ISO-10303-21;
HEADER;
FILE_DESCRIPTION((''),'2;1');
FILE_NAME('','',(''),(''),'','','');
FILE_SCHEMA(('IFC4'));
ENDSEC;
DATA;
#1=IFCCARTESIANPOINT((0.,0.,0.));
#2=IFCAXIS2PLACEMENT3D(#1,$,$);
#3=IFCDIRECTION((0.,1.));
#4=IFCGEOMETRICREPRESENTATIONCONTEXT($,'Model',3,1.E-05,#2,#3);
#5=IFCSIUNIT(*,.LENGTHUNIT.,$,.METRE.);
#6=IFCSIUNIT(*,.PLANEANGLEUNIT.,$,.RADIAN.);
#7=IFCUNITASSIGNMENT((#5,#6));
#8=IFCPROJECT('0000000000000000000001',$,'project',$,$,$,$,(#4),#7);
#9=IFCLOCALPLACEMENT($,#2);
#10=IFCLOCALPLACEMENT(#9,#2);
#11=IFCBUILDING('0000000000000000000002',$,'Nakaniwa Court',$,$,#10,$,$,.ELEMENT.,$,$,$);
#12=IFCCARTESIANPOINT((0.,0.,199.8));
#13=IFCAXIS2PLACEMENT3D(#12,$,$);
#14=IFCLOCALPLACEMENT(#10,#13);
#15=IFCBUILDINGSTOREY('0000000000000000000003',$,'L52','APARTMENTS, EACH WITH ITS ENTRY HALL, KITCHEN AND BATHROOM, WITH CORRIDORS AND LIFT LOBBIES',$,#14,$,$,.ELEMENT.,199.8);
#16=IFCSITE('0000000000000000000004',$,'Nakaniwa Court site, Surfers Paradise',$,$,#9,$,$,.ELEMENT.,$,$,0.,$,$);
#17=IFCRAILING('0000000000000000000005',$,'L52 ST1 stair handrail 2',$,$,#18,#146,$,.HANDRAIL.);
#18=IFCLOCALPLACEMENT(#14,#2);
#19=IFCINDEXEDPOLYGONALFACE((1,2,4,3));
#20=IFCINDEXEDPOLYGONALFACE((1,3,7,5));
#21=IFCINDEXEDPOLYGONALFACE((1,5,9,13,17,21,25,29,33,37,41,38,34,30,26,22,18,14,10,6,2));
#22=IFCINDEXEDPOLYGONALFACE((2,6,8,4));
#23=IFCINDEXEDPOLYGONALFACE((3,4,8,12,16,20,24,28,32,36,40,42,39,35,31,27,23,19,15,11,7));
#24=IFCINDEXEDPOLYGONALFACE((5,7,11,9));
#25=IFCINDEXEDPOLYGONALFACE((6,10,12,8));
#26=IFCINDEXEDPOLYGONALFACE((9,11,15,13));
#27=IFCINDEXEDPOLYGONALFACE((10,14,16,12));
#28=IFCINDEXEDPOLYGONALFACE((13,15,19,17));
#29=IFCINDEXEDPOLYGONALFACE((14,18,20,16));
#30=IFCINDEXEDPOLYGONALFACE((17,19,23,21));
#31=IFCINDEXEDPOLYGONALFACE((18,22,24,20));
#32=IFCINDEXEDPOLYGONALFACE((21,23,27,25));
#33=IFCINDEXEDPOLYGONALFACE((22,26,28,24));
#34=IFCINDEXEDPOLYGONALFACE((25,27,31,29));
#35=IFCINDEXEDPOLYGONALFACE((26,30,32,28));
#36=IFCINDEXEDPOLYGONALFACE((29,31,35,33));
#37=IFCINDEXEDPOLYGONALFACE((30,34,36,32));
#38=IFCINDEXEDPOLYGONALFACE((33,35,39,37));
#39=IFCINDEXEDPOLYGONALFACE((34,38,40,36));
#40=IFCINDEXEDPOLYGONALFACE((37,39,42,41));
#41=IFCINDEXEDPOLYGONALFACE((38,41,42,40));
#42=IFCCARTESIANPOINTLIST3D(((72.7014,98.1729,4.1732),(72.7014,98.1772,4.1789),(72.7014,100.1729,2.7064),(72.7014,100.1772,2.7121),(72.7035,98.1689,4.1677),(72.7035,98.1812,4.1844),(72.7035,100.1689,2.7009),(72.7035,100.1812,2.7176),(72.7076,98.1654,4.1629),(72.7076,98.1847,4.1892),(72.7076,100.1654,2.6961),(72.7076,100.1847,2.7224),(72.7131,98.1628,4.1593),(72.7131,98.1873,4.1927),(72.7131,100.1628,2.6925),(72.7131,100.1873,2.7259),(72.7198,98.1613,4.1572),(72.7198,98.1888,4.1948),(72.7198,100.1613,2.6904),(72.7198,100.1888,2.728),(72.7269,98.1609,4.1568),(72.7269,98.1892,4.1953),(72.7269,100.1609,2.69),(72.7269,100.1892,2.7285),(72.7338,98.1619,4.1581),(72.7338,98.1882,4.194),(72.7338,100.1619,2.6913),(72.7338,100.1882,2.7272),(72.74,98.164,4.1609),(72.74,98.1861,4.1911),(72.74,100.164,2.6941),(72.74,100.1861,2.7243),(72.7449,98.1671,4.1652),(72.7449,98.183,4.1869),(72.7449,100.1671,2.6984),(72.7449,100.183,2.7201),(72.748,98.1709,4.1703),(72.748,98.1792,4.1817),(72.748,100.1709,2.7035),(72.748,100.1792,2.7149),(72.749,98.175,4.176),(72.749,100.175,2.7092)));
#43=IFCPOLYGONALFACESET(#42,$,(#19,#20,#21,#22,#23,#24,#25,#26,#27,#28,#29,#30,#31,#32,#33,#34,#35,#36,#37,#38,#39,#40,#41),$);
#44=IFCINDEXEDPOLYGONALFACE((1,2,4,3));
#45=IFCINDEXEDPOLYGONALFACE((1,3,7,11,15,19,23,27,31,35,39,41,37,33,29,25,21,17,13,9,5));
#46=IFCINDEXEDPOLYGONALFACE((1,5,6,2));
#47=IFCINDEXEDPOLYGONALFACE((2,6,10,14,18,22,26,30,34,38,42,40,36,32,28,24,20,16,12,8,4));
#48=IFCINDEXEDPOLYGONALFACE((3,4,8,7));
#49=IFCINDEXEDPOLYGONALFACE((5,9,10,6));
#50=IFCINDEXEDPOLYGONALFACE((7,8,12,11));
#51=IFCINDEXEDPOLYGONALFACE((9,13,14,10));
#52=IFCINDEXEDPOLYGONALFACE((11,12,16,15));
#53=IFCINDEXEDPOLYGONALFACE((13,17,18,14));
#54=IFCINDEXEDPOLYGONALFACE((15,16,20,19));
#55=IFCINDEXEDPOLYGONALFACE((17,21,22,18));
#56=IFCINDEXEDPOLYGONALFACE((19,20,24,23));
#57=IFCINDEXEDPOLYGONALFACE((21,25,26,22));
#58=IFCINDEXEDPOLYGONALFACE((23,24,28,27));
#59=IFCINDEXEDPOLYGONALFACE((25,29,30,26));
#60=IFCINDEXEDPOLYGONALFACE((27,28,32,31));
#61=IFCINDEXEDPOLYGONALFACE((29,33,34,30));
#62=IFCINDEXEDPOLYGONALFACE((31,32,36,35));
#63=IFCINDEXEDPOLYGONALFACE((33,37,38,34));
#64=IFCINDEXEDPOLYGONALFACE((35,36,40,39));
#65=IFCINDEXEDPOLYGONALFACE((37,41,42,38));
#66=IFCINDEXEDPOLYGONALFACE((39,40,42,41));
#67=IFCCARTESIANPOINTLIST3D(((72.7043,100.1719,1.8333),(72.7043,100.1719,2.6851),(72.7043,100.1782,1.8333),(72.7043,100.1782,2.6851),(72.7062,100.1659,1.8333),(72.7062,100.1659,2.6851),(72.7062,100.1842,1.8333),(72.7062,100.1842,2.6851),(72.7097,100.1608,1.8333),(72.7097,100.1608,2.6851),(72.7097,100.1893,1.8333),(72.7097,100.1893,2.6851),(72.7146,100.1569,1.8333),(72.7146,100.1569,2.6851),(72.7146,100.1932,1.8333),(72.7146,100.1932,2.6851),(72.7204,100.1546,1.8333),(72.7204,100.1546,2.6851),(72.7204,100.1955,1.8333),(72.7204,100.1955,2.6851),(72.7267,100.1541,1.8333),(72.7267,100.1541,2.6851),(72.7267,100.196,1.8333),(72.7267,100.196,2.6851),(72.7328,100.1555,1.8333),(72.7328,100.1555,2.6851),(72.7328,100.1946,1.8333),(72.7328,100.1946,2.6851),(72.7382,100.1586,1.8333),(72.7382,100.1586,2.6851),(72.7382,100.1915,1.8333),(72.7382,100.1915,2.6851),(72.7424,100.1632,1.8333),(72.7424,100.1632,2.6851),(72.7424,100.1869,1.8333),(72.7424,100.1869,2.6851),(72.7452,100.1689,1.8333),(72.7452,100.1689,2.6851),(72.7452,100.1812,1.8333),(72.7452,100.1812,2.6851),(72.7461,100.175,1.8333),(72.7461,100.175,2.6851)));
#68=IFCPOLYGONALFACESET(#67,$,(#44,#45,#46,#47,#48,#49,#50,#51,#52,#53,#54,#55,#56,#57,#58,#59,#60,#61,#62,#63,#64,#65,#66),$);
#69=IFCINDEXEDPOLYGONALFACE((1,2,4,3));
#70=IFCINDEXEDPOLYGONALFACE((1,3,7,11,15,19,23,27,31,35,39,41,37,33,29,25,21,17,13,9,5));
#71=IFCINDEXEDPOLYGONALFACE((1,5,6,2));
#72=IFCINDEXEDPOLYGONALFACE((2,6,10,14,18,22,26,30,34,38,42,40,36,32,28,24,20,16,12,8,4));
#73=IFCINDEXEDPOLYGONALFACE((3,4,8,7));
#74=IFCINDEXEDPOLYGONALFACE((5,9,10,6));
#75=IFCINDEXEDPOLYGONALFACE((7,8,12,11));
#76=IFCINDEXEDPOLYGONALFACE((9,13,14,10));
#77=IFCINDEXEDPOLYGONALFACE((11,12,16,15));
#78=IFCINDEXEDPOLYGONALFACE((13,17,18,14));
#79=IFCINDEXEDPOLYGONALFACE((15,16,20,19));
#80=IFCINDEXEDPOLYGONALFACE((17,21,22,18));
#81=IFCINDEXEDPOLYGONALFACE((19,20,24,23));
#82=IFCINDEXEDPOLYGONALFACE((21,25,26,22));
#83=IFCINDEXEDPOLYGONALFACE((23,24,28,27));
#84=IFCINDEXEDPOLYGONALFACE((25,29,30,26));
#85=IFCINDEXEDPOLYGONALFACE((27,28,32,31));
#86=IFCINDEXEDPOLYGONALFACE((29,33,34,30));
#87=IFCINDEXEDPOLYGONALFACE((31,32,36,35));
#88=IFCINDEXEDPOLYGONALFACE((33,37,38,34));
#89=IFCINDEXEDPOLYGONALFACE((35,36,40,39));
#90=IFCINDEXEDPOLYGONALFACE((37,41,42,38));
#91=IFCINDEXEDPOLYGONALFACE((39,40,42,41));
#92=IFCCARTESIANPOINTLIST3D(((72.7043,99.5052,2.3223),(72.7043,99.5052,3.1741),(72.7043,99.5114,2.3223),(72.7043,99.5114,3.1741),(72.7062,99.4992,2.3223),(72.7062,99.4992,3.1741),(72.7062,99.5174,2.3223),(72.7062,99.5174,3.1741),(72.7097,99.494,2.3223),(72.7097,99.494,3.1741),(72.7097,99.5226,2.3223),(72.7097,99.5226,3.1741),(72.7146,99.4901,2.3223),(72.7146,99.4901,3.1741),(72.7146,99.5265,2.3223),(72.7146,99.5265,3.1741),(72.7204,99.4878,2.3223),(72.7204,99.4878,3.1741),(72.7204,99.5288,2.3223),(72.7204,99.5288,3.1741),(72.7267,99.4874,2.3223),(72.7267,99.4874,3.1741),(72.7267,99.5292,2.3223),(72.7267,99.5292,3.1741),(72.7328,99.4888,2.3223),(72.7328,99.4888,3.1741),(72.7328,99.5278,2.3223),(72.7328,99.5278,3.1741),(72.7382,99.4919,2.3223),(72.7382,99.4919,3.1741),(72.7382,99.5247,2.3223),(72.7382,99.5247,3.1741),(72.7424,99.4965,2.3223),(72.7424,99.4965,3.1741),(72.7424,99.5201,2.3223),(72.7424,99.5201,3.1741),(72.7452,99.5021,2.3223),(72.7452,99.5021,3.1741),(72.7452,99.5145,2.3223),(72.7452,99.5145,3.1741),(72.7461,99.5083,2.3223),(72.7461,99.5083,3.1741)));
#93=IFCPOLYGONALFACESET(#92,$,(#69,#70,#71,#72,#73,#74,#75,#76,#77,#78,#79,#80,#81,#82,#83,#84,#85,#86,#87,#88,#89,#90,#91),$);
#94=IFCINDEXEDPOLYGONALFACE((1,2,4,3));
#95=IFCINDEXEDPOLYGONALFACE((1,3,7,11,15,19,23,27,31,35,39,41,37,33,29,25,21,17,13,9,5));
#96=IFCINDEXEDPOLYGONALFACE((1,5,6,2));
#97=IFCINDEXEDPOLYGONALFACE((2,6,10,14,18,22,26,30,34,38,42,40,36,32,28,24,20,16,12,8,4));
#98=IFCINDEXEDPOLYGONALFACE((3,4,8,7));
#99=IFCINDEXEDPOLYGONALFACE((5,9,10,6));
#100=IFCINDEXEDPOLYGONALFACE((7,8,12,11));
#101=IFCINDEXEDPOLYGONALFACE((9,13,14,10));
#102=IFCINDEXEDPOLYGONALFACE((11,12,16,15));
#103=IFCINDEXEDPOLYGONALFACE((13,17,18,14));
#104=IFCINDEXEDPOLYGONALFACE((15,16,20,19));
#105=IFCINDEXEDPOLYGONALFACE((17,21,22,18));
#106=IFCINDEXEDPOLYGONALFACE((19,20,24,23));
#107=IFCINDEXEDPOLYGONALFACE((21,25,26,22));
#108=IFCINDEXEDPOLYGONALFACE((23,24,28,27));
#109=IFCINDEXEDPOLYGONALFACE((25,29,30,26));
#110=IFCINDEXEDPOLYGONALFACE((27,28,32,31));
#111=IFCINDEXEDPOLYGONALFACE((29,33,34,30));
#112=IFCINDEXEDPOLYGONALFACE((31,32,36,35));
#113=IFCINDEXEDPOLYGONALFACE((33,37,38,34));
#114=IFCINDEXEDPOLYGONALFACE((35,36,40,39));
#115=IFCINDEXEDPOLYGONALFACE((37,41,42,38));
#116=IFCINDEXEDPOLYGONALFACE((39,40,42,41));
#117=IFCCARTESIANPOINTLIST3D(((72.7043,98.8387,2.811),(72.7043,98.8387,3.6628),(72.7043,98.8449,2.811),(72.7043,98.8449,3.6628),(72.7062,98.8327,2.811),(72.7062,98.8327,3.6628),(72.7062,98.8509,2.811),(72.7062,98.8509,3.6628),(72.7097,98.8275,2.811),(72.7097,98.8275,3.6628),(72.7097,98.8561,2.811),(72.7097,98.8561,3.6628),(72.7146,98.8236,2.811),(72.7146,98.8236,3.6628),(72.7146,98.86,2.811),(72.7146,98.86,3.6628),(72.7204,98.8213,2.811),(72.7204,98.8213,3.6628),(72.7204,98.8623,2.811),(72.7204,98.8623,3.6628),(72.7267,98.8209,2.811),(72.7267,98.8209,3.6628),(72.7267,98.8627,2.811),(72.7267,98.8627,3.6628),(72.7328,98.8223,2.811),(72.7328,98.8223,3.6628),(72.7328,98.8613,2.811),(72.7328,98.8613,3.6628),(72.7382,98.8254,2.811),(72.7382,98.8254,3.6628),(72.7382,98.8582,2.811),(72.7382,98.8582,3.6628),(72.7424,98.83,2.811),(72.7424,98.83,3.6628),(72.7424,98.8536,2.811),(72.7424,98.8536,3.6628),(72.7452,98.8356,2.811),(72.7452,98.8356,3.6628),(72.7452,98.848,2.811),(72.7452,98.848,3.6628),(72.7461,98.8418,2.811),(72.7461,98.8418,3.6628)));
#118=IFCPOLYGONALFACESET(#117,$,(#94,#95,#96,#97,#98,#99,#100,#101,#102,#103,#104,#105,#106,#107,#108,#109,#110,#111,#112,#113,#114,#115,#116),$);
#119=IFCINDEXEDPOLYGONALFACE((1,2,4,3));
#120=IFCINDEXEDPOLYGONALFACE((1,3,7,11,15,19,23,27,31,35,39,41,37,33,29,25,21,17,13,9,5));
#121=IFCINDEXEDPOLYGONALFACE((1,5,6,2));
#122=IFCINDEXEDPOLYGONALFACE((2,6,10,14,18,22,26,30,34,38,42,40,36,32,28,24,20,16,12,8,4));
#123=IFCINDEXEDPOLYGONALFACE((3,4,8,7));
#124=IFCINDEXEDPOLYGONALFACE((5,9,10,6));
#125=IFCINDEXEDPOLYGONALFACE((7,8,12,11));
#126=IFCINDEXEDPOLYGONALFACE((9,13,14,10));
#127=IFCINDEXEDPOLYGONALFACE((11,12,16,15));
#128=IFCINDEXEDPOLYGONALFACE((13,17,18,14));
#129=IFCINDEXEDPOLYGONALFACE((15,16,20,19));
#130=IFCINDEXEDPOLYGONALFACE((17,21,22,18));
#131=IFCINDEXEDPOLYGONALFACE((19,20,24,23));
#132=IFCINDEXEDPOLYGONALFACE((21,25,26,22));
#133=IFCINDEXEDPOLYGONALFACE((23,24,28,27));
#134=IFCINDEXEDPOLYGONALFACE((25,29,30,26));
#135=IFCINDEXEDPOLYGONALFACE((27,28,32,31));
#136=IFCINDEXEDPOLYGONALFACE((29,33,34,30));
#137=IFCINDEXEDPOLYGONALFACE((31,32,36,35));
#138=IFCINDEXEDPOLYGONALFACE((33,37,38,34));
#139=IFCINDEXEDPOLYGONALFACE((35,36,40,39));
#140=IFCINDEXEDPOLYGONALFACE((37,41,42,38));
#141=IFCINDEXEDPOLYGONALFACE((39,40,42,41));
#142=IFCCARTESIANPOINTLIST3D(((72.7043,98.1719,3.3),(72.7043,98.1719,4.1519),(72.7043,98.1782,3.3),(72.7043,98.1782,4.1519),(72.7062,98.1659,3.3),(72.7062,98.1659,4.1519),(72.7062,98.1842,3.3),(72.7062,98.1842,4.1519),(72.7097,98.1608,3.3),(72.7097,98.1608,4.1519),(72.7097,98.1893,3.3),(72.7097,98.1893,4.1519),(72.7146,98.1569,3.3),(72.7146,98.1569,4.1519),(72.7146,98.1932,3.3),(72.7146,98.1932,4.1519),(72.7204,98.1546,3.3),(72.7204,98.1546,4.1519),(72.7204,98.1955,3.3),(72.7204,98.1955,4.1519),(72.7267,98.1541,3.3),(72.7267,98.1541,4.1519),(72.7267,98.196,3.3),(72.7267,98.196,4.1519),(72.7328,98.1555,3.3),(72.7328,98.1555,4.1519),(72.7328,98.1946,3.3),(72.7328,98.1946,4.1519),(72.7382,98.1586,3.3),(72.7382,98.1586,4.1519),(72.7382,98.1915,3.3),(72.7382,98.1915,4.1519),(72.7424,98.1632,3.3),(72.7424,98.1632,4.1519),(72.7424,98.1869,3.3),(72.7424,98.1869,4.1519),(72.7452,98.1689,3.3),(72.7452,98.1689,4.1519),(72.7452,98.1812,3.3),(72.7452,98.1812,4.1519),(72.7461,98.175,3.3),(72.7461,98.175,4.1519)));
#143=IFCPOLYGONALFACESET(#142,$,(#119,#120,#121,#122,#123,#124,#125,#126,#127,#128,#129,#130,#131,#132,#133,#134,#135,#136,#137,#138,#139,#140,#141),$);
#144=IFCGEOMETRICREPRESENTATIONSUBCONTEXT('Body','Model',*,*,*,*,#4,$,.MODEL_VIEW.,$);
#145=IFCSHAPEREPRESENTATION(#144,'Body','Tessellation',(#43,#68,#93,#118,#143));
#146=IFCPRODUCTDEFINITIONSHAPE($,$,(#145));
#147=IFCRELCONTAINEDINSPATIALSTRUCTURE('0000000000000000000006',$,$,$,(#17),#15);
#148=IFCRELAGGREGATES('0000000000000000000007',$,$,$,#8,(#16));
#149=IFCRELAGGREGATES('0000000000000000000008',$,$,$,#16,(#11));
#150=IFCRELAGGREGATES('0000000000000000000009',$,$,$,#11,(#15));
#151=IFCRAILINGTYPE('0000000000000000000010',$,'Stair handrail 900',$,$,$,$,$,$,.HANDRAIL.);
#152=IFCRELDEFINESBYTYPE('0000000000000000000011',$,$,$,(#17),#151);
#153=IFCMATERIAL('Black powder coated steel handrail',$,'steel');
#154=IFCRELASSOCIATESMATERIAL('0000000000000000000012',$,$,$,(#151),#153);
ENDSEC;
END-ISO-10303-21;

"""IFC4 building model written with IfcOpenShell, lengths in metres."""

from ifc_helpers import new_model, si_unit, direction, frame, origin, origin_2d, place, context, subcontext, project, spatial, circle, extrude, material, type_object, element, save


model = new_model("IFC4")

# Units and contexts
model_context = context("Model", 3, precision=1e-05, world=origin(), true_north=direction((0.0, 1.0)))
body_context = subcontext(model_context, "Body", "Model", "MODEL_VIEW")
ifc_project = project(units=[si_unit("LENGTHUNIT", "METRE"), si_unit("PLANEANGLEUNIT", "RADIAN")], contexts=[model_context])

# Site, building, storey
site_placement = place(None, origin())
site = spatial("IfcSite", under=ifc_project, at=site_placement, Name="Nakaniwa Court site, Surfers Paradise", CompositionType="ELEMENT", RefElevation=0.0)
building_placement = place(site_placement, origin())
building = spatial("IfcBuilding", under=site, at=building_placement, Name="Nakaniwa Court", CompositionType="ELEMENT")
storey_placement = place(building_placement, frame((0.0, 0.0, 199.8)))
storey = spatial("IfcBuildingStorey", under=building, at=storey_placement, Name="L52", Description="APARTMENTS, EACH WITH ITS ENTRY HALL, KITCHEN AND BATHROOM, WITH CORRIDORS AND LIFT LOBBIES", CompositionType="ELEMENT", Elevation=199.8)

# Railing
ifc_material_1 = material(Name="Black powder coated steel handrail", Category="steel")
railing_type_1 = type_object("IfcRailingType", Name="Stair handrail 900", PredefinedType="HANDRAIL", material=ifc_material_1)
railing_1_placement = place(storey_placement, frame((72.7251, 100.175, 1.8333)))
element("IfcRailing", 1, at=railing_1_placement, inside=storey, type_object=railing_type_1, Name="L52 ST1 stair handrail 2", PredefinedType="HANDRAIL", context=body_context, shape_type="SweptSolid", body=[
    extrude(circle(Radius=0.0239, at=origin_2d()), frame((0.0, 0.0, 0.876), z_axis=(0.0, -0.80638, 0.591398), x_axis=(1.0, 0.0, 0.0)), (0.0, 0.0, 1.0), 2.4802),
    extrude(circle(Radius=0.021, at=origin_2d()), origin(), (0.0, 0.0, 1.0), 0.8518),
    extrude(circle(Radius=0.021, at=origin_2d()), frame((0.0, -0.6667, 0.489)), (0.0, 0.0, 1.0), 0.8518),
    extrude(circle(Radius=0.021, at=origin_2d()), frame((0.0, -1.3333, 0.9778)), (0.0, 0.0, 1.0), 0.8518),
    extrude(circle(Radius=0.021, at=origin_2d()), frame((0.0, -2.0, 1.4668)), (0.0, 0.0, 1.0), 0.8518),
])

save(model, "model.ifc")
